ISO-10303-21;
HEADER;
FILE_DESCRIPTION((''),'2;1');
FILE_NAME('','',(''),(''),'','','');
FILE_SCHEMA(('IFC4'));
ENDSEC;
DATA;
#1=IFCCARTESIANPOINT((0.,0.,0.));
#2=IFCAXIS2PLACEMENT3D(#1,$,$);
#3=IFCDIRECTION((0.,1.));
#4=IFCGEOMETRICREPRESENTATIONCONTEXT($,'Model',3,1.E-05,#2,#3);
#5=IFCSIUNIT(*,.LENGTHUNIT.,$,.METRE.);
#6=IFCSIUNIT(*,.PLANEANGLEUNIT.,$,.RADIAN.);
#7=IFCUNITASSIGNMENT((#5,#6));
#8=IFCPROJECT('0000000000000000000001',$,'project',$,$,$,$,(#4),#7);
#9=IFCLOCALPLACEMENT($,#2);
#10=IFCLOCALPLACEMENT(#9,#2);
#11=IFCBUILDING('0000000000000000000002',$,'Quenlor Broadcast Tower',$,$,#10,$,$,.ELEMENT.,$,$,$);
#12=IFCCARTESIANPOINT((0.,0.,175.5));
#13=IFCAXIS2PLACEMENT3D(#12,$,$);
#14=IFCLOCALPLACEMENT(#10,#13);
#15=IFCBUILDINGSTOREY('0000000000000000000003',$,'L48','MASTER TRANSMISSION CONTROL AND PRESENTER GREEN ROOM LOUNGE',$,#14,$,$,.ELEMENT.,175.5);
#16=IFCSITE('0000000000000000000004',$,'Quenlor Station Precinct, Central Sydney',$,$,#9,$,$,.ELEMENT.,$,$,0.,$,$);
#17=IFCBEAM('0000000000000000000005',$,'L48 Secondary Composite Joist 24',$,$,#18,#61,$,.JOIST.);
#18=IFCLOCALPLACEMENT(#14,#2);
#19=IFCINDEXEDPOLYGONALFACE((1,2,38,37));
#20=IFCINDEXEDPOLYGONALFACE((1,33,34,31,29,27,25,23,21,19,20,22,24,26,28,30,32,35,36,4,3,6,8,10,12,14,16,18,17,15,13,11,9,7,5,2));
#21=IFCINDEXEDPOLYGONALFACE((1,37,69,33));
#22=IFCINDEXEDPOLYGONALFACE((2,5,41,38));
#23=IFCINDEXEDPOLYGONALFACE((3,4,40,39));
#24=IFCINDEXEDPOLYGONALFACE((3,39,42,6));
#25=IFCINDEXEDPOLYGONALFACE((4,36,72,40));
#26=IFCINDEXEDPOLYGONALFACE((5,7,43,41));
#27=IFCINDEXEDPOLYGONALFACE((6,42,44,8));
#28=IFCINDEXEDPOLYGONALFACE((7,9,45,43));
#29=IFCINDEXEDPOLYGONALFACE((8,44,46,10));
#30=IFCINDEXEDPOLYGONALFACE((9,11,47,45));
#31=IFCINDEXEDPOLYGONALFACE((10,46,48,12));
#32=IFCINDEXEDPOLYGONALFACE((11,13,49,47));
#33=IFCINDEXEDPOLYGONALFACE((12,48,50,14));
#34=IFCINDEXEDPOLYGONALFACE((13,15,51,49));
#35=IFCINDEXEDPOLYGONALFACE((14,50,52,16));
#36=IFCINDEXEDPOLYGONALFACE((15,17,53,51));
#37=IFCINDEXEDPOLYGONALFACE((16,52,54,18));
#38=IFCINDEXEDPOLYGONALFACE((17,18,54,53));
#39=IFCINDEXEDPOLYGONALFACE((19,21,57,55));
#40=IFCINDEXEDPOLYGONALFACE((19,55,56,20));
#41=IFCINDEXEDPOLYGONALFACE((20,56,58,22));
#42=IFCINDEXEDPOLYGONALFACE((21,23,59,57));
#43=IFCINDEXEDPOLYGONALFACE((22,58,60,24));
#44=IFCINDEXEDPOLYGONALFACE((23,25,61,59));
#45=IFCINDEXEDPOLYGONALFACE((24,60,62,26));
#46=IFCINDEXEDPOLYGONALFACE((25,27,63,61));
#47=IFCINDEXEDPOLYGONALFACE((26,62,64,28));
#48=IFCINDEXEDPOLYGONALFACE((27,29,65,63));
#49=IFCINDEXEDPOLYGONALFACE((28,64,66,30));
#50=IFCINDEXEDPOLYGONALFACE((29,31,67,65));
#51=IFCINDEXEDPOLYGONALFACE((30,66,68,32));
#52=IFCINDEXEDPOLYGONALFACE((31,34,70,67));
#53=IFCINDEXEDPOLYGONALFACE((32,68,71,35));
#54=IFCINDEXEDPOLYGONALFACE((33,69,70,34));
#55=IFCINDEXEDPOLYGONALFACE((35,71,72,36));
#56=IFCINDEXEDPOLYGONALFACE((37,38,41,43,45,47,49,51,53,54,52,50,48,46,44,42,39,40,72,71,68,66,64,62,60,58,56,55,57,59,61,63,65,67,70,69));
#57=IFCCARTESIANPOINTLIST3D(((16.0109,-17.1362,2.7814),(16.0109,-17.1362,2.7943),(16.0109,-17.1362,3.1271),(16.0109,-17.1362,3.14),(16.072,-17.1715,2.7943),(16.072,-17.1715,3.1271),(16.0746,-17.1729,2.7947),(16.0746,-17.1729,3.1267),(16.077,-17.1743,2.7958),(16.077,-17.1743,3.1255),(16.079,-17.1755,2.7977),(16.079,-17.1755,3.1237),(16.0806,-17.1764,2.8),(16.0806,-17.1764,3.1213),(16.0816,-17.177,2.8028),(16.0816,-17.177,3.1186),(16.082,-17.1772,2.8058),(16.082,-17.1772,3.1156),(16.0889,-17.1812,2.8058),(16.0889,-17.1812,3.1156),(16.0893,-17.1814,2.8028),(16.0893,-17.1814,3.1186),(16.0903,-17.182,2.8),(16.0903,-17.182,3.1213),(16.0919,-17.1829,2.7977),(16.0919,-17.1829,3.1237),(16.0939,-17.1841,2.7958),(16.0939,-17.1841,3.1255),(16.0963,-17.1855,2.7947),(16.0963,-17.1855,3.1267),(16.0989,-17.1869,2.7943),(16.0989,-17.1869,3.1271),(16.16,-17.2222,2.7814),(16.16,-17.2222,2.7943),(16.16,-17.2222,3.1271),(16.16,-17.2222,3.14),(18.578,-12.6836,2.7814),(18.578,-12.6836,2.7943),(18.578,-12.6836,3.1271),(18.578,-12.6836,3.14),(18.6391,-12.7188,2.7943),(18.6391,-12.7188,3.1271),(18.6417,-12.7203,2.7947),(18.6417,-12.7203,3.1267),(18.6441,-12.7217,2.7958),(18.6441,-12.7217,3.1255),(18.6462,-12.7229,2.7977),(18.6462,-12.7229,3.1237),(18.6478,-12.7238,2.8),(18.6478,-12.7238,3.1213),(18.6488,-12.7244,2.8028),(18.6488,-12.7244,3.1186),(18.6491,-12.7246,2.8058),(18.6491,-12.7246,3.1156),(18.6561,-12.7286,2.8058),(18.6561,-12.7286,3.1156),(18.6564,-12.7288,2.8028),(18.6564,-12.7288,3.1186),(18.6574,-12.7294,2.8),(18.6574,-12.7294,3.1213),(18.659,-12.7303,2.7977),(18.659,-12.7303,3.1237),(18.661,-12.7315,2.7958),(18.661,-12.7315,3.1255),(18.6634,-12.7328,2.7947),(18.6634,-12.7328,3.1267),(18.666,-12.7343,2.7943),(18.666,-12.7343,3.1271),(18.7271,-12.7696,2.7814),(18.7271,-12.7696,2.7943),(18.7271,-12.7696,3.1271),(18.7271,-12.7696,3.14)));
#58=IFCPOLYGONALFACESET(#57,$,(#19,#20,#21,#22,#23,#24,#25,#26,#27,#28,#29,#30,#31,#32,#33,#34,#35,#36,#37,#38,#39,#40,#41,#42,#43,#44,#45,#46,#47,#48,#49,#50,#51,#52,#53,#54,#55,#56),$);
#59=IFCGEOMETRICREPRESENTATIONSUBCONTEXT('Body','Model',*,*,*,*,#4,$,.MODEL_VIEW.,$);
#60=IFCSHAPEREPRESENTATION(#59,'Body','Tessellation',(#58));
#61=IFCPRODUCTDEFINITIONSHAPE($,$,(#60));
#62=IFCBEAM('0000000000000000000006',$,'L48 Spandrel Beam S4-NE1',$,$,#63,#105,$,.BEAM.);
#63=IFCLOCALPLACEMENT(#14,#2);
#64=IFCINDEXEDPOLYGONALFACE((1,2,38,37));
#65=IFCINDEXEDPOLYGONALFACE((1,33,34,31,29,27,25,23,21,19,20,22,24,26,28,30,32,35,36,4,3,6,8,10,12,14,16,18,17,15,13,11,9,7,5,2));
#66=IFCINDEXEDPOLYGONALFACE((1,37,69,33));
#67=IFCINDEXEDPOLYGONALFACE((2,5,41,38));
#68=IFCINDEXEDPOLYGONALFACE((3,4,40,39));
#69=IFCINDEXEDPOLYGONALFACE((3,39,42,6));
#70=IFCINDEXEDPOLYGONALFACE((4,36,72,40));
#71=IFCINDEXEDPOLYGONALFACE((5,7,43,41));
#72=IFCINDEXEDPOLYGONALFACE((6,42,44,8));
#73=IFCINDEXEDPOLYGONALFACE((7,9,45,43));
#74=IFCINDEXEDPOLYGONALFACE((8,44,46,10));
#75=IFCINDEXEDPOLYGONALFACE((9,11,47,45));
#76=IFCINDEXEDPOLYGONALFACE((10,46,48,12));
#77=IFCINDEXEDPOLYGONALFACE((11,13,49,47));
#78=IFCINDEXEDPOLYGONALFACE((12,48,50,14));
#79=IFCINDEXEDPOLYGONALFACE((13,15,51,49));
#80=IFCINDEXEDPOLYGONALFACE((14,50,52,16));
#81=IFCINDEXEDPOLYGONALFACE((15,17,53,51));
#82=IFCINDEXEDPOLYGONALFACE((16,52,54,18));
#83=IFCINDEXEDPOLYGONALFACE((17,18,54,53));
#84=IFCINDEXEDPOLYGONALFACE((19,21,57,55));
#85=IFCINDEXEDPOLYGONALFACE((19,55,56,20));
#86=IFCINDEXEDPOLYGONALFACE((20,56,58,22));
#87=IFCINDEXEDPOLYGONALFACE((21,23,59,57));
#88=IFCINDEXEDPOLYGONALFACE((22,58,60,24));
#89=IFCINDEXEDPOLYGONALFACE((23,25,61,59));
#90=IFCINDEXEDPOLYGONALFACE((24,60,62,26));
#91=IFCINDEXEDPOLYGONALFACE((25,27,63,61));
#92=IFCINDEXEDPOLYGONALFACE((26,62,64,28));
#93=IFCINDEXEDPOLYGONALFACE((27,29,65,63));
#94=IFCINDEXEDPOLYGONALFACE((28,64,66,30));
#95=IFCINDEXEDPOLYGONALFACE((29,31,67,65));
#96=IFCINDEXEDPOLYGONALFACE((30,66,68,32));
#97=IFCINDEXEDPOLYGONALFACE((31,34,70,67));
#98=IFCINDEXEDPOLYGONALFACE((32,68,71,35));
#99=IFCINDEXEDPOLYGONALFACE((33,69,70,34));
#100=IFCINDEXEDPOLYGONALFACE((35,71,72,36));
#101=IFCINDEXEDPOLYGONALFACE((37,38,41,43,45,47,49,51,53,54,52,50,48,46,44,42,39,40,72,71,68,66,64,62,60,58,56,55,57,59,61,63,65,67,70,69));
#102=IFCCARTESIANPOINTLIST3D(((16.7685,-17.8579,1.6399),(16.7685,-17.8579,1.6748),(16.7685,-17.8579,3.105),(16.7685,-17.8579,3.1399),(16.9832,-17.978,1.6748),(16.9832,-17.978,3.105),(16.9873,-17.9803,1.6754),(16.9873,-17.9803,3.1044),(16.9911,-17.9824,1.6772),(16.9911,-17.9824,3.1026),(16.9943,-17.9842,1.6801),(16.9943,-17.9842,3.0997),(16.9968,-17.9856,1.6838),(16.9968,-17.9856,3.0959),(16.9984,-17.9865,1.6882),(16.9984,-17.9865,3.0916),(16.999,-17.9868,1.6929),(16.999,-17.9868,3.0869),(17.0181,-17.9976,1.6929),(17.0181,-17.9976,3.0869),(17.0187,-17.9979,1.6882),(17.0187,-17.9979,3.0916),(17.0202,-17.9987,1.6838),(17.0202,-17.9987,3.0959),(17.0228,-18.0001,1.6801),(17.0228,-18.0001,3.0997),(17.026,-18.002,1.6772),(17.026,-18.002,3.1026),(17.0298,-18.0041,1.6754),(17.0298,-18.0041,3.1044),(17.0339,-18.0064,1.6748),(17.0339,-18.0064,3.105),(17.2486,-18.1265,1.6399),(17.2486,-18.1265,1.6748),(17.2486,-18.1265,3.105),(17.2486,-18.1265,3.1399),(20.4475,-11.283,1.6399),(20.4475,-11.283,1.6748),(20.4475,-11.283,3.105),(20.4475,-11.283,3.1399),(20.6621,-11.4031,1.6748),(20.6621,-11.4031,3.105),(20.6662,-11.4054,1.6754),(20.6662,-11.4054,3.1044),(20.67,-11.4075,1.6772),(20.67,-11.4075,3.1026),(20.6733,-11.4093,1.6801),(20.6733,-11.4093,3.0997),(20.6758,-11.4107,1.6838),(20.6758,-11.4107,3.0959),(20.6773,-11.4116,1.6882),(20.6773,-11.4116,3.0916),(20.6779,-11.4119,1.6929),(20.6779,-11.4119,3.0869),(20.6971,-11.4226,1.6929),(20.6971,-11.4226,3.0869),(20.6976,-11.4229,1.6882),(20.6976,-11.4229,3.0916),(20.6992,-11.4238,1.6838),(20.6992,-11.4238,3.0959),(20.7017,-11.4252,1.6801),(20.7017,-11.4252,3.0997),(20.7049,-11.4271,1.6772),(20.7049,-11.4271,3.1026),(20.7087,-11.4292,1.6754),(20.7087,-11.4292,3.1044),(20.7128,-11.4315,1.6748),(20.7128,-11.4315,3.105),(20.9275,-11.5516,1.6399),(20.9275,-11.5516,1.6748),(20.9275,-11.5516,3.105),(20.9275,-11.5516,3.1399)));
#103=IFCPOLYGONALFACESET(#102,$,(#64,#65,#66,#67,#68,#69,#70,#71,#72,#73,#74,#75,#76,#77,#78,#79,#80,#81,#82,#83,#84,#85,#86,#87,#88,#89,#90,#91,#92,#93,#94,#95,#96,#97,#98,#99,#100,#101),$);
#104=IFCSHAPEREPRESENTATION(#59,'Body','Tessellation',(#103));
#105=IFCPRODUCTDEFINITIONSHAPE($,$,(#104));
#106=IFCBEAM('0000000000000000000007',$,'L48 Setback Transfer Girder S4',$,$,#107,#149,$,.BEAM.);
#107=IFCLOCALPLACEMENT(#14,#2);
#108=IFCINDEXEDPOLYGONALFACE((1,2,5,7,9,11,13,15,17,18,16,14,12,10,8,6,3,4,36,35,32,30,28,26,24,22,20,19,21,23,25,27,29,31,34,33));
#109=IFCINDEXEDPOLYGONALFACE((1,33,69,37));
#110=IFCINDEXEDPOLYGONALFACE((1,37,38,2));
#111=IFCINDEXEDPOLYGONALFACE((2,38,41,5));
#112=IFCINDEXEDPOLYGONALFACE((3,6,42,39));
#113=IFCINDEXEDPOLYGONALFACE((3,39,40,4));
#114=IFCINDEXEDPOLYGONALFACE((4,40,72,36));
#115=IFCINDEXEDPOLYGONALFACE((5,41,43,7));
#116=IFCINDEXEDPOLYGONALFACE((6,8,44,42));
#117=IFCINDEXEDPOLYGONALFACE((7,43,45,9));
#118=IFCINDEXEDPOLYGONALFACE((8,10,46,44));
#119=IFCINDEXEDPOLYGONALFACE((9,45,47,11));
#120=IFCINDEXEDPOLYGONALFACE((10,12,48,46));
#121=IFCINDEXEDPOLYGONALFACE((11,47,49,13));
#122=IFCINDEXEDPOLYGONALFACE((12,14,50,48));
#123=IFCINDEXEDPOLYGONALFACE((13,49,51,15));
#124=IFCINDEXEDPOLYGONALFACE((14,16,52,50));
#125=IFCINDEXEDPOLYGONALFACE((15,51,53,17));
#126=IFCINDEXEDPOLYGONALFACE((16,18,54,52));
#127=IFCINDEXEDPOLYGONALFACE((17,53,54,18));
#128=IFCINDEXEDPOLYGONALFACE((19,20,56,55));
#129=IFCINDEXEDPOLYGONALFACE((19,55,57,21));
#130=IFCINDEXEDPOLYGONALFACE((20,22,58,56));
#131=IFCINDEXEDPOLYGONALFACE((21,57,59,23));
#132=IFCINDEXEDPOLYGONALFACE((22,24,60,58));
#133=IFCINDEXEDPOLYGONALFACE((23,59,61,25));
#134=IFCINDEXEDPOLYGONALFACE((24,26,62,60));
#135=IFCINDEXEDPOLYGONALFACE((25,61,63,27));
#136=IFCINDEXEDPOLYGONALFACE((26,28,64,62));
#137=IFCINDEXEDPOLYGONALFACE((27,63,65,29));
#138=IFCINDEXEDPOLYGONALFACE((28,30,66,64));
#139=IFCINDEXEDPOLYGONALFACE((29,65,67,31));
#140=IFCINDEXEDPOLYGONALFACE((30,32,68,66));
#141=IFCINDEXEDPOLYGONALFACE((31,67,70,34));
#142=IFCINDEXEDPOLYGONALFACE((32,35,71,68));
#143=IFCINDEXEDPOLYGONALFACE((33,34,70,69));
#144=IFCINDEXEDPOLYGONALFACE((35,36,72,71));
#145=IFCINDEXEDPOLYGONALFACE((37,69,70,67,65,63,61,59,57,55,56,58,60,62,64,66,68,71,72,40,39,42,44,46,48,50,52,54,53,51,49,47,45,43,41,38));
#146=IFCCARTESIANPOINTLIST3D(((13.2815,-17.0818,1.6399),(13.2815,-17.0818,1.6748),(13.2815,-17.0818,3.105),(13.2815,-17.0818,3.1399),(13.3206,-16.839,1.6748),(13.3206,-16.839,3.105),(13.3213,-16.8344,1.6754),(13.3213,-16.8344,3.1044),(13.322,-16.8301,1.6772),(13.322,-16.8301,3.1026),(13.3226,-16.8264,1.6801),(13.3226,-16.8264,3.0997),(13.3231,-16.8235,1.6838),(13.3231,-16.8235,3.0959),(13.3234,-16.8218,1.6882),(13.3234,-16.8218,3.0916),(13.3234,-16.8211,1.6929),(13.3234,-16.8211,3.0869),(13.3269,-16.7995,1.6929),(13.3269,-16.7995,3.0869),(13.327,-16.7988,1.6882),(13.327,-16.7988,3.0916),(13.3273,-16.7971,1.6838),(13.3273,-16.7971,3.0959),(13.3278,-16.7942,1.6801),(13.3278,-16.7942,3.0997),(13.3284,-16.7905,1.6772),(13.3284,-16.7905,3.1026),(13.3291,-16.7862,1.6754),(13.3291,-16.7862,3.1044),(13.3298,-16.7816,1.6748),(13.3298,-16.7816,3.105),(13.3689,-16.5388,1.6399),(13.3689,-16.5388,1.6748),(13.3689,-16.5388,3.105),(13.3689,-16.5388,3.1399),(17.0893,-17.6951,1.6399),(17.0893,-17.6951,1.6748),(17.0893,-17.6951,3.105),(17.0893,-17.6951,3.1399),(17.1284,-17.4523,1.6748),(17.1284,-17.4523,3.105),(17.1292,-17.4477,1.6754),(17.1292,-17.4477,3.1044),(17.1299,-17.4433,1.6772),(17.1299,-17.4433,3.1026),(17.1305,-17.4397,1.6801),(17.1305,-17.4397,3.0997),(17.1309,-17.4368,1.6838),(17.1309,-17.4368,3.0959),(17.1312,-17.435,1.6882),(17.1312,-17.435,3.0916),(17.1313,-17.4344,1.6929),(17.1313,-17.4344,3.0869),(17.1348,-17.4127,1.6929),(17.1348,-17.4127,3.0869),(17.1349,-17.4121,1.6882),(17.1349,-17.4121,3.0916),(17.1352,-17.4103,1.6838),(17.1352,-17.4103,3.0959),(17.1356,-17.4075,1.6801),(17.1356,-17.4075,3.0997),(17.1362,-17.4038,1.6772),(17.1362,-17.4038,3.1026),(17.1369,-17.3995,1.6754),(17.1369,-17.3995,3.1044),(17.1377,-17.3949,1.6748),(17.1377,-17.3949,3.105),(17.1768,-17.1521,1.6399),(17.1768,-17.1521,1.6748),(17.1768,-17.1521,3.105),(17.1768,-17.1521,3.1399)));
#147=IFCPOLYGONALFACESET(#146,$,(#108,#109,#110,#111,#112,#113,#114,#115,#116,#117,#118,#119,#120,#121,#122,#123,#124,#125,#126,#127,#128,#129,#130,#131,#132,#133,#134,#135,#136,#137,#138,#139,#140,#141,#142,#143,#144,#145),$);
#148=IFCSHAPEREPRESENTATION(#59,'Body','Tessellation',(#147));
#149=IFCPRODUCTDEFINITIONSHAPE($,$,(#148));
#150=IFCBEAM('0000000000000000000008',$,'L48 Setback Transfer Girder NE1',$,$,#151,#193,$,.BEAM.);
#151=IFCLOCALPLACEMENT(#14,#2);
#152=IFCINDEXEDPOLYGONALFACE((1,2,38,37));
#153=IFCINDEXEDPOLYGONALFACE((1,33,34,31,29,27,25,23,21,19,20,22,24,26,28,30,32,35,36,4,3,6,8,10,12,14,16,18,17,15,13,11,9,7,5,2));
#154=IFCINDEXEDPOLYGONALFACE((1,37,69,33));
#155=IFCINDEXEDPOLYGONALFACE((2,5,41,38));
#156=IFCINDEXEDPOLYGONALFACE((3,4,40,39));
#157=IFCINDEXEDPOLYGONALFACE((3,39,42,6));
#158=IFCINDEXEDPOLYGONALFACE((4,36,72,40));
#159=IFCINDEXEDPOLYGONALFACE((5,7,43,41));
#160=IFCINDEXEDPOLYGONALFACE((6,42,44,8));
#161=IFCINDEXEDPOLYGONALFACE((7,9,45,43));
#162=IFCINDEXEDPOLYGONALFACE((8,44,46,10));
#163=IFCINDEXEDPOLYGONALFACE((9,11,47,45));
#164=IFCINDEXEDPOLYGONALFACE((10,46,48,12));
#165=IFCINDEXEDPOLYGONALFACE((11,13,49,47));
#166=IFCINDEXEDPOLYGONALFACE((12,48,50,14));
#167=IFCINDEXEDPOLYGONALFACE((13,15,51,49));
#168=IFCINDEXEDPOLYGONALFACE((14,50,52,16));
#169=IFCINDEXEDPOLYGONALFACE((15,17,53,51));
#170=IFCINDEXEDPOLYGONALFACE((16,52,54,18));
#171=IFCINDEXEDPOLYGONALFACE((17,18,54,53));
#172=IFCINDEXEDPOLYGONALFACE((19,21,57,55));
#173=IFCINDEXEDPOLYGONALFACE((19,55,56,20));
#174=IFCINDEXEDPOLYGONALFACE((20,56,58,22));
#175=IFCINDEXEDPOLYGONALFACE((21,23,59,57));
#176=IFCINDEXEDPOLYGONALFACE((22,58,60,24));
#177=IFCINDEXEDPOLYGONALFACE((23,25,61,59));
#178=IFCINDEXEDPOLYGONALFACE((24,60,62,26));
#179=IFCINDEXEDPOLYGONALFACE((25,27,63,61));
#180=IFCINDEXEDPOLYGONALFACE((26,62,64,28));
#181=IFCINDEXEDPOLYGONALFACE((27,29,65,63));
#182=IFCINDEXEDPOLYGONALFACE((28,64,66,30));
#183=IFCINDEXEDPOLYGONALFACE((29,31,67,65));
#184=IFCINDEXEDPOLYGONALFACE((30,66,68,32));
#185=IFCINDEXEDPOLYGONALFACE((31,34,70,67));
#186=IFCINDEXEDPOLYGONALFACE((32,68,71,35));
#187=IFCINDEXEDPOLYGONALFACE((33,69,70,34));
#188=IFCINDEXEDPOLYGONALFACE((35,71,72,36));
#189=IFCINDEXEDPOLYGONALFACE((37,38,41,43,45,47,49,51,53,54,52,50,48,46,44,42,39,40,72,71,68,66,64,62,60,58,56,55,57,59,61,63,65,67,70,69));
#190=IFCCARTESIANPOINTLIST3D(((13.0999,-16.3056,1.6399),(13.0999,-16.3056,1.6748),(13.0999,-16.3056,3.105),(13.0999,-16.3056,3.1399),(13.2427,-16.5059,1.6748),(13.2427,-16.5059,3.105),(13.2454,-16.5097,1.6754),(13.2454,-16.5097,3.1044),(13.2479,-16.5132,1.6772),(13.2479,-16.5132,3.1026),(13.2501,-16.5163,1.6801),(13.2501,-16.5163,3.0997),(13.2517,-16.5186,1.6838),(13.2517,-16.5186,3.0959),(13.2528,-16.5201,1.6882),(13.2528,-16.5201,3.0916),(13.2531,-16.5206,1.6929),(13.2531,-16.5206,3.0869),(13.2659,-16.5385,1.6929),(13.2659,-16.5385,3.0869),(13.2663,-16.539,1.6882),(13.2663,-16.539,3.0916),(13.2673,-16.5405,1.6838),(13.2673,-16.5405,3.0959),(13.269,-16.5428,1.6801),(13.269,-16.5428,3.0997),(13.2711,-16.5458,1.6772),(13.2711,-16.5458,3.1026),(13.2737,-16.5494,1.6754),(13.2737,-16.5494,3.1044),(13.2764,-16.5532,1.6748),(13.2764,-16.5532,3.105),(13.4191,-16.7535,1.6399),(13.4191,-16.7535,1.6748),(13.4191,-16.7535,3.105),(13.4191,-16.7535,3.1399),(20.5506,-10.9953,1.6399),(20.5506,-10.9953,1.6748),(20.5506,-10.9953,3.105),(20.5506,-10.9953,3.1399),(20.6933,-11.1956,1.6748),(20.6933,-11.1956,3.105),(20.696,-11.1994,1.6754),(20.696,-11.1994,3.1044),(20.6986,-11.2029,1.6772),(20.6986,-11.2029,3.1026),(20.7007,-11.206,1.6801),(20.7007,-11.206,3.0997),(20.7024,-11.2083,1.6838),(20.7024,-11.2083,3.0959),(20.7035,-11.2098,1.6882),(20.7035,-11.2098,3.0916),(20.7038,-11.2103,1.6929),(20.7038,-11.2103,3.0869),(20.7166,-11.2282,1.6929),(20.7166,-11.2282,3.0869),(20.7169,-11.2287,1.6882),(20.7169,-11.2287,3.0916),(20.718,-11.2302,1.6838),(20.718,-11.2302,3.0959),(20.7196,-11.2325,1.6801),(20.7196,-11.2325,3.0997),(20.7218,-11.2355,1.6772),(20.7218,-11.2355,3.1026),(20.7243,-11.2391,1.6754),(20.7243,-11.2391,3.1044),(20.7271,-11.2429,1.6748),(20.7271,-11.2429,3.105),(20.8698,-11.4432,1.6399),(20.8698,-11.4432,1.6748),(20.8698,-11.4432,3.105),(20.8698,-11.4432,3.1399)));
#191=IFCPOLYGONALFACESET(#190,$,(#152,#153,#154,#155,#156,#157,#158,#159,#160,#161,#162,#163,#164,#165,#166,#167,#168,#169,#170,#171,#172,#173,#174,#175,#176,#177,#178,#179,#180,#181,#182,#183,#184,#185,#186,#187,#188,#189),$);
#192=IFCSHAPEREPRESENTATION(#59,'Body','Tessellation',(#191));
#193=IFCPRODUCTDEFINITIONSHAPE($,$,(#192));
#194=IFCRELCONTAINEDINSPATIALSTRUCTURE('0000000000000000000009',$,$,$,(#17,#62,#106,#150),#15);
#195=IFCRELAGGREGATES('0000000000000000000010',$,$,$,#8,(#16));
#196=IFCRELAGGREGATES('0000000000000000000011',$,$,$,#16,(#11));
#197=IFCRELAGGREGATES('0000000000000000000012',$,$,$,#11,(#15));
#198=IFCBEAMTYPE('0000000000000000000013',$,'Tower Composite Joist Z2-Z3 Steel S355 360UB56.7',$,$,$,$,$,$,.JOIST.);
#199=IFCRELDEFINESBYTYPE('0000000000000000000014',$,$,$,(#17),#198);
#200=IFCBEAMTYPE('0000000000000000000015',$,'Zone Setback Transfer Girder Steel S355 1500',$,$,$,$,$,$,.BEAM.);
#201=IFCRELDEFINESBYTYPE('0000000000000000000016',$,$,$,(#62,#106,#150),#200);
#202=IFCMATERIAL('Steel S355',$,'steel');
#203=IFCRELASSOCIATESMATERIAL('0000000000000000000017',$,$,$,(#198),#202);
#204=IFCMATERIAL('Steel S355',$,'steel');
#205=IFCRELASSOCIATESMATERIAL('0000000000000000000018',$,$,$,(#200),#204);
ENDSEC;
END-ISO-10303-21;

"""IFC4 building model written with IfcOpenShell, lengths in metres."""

from ifc_helpers import new_model, si_unit, direction, frame, origin, origin_2d, place, context, subcontext, project, spatial, i_section, extrude, material, material_profile, profile_set, type_object, element, save


model = new_model("IFC4")

# Units and contexts
model_context = context("Model", 3, precision=1e-05, world=origin(), true_north=direction((0.0, 1.0)))
body_context = subcontext(model_context, "Body", "Model", "MODEL_VIEW")
ifc_project = project(units=[si_unit("LENGTHUNIT", "METRE"), si_unit("PLANEANGLEUNIT", "RADIAN")], contexts=[model_context])

# Site, building, storey
site_placement = place(None, origin())
site = spatial("IfcSite", under=ifc_project, at=site_placement, Name="Quenlor Station Precinct, Central Sydney", CompositionType="ELEMENT", RefElevation=0.0)
building_placement = place(site_placement, origin())
building = spatial("IfcBuilding", under=site, at=building_placement, Name="Quenlor Broadcast Tower", CompositionType="ELEMENT")
storey_placement = place(building_placement, frame((0.0, 0.0, 175.5)))
storey = spatial("IfcBuildingStorey", under=building, at=storey_placement, Name="L48", Description="MASTER TRANSMISSION CONTROL AND PRESENTER GREEN ROOM LOUNGE", CompositionType="ELEMENT", Elevation=175.5)

# Beams
ifc_material_1 = material(Name="Steel S355", Category="steel")
ifc_material_profile_1 = material_profile(ifc_material_1, i_section(OverallWidth=0.1721, OverallDepth=0.3586, WebThickness=0.0081, FlangeThickness=0.0129, FilletRadius=0.0115, at=origin_2d()))
ifc_profile_set_1 = profile_set([ifc_material_profile_1], Name="Steel S355 360UB56.7")
beam_type_1 = type_object("IfcBeamType", Name="Tower Composite Joist Z2-Z3 Steel S355 360UB56.7", PredefinedType="JOIST", material=ifc_profile_set_1)
beam_1_placement = place(storey_placement, frame((16.0854, -17.1792, 2.9607), z_axis=(0.499476, 0.866328, 0.0), x_axis=(-0.866328, 0.499476, 0.0)))
element("IfcBeam", 1, at=beam_1_placement, inside=storey, type_object=beam_type_1, Name="L48 Secondary Composite Joist 24", PredefinedType="JOIST", context=body_context, shape_type="SweptSolid", body=[
    extrude(i_section(OverallWidth=0.1721, OverallDepth=0.3586, WebThickness=0.0081, FlangeThickness=0.0129, FilletRadius=0.0115, at=origin_2d()), origin(), (0.0, 0.0, 1.0), 5.1396),
])
ifc_material_2 = material(Name="Steel S355", Category="steel")
ifc_material_profile_2 = material_profile(ifc_material_2, i_section(OverallWidth=0.55, OverallDepth=1.5, WebThickness=0.022, FlangeThickness=0.0349, FilletRadius=0.0181, at=origin_2d()))
ifc_profile_set_2 = profile_set([ifc_material_profile_2], Name="Steel S355 1500TG510")
beam_type_2 = type_object("IfcBeamType", Name="Zone Setback Transfer Girder Steel S355 1500", PredefinedType="BEAM", material=ifc_profile_set_2)
beam_2_placement = place(storey_placement, frame((17.0085, -17.9922, 2.3899), z_axis=(0.488298, 0.872677, 0.0), x_axis=(-0.872677, 0.488298, 0.0)))
element("IfcBeam", 2, at=beam_2_placement, inside=storey, type_object=beam_type_2, Name="L48 Spandrel Beam S4-NE1", PredefinedType="BEAM", context=body_context, shape_type="SweptSolid", body=[
    extrude(i_section(OverallWidth=0.55, OverallDepth=1.5, WebThickness=0.022, FlangeThickness=0.0349, FilletRadius=0.0181, at=origin_2d()), origin(), (0.0, 0.0, 1.0), 7.5342),
])
beam_3_placement = place(storey_placement, frame((13.3252, -16.8103, 2.3899), z_axis=(0.987277, -0.159008, 0.0), x_axis=(0.159008, 0.987277, 0.0)))
element("IfcBeam", 3, at=beam_3_placement, inside=storey, type_object=beam_type_2, Name="L48 Setback Transfer Girder S4", PredefinedType="BEAM", context=body_context, shape_type="SweptSolid", body=[
    extrude(i_section(OverallWidth=0.55, OverallDepth=1.5, WebThickness=0.022, FlangeThickness=0.0349, FilletRadius=0.0181, at=origin_2d()), origin(), (0.0, 0.0, 1.0), 3.8569),
])
beam_4_placement = place(storey_placement, frame((13.2595, -16.5295, 2.3899), z_axis=(0.814333, 0.580397, 0.0), x_axis=(-0.580397, 0.814333, 0.0)))
element("IfcBeam", 4, at=beam_4_placement, inside=storey, type_object=beam_type_2, Name="L48 Setback Transfer Girder NE1", PredefinedType="BEAM", context=body_context, shape_type="SweptSolid", body=[
    extrude(i_section(OverallWidth=0.55, OverallDepth=1.5, WebThickness=0.022, FlangeThickness=0.0349, FilletRadius=0.0181, at=origin_2d()), origin(), (0.0, 0.0, 1.0), 9.1494),
])

save(model, "model.ifc")
